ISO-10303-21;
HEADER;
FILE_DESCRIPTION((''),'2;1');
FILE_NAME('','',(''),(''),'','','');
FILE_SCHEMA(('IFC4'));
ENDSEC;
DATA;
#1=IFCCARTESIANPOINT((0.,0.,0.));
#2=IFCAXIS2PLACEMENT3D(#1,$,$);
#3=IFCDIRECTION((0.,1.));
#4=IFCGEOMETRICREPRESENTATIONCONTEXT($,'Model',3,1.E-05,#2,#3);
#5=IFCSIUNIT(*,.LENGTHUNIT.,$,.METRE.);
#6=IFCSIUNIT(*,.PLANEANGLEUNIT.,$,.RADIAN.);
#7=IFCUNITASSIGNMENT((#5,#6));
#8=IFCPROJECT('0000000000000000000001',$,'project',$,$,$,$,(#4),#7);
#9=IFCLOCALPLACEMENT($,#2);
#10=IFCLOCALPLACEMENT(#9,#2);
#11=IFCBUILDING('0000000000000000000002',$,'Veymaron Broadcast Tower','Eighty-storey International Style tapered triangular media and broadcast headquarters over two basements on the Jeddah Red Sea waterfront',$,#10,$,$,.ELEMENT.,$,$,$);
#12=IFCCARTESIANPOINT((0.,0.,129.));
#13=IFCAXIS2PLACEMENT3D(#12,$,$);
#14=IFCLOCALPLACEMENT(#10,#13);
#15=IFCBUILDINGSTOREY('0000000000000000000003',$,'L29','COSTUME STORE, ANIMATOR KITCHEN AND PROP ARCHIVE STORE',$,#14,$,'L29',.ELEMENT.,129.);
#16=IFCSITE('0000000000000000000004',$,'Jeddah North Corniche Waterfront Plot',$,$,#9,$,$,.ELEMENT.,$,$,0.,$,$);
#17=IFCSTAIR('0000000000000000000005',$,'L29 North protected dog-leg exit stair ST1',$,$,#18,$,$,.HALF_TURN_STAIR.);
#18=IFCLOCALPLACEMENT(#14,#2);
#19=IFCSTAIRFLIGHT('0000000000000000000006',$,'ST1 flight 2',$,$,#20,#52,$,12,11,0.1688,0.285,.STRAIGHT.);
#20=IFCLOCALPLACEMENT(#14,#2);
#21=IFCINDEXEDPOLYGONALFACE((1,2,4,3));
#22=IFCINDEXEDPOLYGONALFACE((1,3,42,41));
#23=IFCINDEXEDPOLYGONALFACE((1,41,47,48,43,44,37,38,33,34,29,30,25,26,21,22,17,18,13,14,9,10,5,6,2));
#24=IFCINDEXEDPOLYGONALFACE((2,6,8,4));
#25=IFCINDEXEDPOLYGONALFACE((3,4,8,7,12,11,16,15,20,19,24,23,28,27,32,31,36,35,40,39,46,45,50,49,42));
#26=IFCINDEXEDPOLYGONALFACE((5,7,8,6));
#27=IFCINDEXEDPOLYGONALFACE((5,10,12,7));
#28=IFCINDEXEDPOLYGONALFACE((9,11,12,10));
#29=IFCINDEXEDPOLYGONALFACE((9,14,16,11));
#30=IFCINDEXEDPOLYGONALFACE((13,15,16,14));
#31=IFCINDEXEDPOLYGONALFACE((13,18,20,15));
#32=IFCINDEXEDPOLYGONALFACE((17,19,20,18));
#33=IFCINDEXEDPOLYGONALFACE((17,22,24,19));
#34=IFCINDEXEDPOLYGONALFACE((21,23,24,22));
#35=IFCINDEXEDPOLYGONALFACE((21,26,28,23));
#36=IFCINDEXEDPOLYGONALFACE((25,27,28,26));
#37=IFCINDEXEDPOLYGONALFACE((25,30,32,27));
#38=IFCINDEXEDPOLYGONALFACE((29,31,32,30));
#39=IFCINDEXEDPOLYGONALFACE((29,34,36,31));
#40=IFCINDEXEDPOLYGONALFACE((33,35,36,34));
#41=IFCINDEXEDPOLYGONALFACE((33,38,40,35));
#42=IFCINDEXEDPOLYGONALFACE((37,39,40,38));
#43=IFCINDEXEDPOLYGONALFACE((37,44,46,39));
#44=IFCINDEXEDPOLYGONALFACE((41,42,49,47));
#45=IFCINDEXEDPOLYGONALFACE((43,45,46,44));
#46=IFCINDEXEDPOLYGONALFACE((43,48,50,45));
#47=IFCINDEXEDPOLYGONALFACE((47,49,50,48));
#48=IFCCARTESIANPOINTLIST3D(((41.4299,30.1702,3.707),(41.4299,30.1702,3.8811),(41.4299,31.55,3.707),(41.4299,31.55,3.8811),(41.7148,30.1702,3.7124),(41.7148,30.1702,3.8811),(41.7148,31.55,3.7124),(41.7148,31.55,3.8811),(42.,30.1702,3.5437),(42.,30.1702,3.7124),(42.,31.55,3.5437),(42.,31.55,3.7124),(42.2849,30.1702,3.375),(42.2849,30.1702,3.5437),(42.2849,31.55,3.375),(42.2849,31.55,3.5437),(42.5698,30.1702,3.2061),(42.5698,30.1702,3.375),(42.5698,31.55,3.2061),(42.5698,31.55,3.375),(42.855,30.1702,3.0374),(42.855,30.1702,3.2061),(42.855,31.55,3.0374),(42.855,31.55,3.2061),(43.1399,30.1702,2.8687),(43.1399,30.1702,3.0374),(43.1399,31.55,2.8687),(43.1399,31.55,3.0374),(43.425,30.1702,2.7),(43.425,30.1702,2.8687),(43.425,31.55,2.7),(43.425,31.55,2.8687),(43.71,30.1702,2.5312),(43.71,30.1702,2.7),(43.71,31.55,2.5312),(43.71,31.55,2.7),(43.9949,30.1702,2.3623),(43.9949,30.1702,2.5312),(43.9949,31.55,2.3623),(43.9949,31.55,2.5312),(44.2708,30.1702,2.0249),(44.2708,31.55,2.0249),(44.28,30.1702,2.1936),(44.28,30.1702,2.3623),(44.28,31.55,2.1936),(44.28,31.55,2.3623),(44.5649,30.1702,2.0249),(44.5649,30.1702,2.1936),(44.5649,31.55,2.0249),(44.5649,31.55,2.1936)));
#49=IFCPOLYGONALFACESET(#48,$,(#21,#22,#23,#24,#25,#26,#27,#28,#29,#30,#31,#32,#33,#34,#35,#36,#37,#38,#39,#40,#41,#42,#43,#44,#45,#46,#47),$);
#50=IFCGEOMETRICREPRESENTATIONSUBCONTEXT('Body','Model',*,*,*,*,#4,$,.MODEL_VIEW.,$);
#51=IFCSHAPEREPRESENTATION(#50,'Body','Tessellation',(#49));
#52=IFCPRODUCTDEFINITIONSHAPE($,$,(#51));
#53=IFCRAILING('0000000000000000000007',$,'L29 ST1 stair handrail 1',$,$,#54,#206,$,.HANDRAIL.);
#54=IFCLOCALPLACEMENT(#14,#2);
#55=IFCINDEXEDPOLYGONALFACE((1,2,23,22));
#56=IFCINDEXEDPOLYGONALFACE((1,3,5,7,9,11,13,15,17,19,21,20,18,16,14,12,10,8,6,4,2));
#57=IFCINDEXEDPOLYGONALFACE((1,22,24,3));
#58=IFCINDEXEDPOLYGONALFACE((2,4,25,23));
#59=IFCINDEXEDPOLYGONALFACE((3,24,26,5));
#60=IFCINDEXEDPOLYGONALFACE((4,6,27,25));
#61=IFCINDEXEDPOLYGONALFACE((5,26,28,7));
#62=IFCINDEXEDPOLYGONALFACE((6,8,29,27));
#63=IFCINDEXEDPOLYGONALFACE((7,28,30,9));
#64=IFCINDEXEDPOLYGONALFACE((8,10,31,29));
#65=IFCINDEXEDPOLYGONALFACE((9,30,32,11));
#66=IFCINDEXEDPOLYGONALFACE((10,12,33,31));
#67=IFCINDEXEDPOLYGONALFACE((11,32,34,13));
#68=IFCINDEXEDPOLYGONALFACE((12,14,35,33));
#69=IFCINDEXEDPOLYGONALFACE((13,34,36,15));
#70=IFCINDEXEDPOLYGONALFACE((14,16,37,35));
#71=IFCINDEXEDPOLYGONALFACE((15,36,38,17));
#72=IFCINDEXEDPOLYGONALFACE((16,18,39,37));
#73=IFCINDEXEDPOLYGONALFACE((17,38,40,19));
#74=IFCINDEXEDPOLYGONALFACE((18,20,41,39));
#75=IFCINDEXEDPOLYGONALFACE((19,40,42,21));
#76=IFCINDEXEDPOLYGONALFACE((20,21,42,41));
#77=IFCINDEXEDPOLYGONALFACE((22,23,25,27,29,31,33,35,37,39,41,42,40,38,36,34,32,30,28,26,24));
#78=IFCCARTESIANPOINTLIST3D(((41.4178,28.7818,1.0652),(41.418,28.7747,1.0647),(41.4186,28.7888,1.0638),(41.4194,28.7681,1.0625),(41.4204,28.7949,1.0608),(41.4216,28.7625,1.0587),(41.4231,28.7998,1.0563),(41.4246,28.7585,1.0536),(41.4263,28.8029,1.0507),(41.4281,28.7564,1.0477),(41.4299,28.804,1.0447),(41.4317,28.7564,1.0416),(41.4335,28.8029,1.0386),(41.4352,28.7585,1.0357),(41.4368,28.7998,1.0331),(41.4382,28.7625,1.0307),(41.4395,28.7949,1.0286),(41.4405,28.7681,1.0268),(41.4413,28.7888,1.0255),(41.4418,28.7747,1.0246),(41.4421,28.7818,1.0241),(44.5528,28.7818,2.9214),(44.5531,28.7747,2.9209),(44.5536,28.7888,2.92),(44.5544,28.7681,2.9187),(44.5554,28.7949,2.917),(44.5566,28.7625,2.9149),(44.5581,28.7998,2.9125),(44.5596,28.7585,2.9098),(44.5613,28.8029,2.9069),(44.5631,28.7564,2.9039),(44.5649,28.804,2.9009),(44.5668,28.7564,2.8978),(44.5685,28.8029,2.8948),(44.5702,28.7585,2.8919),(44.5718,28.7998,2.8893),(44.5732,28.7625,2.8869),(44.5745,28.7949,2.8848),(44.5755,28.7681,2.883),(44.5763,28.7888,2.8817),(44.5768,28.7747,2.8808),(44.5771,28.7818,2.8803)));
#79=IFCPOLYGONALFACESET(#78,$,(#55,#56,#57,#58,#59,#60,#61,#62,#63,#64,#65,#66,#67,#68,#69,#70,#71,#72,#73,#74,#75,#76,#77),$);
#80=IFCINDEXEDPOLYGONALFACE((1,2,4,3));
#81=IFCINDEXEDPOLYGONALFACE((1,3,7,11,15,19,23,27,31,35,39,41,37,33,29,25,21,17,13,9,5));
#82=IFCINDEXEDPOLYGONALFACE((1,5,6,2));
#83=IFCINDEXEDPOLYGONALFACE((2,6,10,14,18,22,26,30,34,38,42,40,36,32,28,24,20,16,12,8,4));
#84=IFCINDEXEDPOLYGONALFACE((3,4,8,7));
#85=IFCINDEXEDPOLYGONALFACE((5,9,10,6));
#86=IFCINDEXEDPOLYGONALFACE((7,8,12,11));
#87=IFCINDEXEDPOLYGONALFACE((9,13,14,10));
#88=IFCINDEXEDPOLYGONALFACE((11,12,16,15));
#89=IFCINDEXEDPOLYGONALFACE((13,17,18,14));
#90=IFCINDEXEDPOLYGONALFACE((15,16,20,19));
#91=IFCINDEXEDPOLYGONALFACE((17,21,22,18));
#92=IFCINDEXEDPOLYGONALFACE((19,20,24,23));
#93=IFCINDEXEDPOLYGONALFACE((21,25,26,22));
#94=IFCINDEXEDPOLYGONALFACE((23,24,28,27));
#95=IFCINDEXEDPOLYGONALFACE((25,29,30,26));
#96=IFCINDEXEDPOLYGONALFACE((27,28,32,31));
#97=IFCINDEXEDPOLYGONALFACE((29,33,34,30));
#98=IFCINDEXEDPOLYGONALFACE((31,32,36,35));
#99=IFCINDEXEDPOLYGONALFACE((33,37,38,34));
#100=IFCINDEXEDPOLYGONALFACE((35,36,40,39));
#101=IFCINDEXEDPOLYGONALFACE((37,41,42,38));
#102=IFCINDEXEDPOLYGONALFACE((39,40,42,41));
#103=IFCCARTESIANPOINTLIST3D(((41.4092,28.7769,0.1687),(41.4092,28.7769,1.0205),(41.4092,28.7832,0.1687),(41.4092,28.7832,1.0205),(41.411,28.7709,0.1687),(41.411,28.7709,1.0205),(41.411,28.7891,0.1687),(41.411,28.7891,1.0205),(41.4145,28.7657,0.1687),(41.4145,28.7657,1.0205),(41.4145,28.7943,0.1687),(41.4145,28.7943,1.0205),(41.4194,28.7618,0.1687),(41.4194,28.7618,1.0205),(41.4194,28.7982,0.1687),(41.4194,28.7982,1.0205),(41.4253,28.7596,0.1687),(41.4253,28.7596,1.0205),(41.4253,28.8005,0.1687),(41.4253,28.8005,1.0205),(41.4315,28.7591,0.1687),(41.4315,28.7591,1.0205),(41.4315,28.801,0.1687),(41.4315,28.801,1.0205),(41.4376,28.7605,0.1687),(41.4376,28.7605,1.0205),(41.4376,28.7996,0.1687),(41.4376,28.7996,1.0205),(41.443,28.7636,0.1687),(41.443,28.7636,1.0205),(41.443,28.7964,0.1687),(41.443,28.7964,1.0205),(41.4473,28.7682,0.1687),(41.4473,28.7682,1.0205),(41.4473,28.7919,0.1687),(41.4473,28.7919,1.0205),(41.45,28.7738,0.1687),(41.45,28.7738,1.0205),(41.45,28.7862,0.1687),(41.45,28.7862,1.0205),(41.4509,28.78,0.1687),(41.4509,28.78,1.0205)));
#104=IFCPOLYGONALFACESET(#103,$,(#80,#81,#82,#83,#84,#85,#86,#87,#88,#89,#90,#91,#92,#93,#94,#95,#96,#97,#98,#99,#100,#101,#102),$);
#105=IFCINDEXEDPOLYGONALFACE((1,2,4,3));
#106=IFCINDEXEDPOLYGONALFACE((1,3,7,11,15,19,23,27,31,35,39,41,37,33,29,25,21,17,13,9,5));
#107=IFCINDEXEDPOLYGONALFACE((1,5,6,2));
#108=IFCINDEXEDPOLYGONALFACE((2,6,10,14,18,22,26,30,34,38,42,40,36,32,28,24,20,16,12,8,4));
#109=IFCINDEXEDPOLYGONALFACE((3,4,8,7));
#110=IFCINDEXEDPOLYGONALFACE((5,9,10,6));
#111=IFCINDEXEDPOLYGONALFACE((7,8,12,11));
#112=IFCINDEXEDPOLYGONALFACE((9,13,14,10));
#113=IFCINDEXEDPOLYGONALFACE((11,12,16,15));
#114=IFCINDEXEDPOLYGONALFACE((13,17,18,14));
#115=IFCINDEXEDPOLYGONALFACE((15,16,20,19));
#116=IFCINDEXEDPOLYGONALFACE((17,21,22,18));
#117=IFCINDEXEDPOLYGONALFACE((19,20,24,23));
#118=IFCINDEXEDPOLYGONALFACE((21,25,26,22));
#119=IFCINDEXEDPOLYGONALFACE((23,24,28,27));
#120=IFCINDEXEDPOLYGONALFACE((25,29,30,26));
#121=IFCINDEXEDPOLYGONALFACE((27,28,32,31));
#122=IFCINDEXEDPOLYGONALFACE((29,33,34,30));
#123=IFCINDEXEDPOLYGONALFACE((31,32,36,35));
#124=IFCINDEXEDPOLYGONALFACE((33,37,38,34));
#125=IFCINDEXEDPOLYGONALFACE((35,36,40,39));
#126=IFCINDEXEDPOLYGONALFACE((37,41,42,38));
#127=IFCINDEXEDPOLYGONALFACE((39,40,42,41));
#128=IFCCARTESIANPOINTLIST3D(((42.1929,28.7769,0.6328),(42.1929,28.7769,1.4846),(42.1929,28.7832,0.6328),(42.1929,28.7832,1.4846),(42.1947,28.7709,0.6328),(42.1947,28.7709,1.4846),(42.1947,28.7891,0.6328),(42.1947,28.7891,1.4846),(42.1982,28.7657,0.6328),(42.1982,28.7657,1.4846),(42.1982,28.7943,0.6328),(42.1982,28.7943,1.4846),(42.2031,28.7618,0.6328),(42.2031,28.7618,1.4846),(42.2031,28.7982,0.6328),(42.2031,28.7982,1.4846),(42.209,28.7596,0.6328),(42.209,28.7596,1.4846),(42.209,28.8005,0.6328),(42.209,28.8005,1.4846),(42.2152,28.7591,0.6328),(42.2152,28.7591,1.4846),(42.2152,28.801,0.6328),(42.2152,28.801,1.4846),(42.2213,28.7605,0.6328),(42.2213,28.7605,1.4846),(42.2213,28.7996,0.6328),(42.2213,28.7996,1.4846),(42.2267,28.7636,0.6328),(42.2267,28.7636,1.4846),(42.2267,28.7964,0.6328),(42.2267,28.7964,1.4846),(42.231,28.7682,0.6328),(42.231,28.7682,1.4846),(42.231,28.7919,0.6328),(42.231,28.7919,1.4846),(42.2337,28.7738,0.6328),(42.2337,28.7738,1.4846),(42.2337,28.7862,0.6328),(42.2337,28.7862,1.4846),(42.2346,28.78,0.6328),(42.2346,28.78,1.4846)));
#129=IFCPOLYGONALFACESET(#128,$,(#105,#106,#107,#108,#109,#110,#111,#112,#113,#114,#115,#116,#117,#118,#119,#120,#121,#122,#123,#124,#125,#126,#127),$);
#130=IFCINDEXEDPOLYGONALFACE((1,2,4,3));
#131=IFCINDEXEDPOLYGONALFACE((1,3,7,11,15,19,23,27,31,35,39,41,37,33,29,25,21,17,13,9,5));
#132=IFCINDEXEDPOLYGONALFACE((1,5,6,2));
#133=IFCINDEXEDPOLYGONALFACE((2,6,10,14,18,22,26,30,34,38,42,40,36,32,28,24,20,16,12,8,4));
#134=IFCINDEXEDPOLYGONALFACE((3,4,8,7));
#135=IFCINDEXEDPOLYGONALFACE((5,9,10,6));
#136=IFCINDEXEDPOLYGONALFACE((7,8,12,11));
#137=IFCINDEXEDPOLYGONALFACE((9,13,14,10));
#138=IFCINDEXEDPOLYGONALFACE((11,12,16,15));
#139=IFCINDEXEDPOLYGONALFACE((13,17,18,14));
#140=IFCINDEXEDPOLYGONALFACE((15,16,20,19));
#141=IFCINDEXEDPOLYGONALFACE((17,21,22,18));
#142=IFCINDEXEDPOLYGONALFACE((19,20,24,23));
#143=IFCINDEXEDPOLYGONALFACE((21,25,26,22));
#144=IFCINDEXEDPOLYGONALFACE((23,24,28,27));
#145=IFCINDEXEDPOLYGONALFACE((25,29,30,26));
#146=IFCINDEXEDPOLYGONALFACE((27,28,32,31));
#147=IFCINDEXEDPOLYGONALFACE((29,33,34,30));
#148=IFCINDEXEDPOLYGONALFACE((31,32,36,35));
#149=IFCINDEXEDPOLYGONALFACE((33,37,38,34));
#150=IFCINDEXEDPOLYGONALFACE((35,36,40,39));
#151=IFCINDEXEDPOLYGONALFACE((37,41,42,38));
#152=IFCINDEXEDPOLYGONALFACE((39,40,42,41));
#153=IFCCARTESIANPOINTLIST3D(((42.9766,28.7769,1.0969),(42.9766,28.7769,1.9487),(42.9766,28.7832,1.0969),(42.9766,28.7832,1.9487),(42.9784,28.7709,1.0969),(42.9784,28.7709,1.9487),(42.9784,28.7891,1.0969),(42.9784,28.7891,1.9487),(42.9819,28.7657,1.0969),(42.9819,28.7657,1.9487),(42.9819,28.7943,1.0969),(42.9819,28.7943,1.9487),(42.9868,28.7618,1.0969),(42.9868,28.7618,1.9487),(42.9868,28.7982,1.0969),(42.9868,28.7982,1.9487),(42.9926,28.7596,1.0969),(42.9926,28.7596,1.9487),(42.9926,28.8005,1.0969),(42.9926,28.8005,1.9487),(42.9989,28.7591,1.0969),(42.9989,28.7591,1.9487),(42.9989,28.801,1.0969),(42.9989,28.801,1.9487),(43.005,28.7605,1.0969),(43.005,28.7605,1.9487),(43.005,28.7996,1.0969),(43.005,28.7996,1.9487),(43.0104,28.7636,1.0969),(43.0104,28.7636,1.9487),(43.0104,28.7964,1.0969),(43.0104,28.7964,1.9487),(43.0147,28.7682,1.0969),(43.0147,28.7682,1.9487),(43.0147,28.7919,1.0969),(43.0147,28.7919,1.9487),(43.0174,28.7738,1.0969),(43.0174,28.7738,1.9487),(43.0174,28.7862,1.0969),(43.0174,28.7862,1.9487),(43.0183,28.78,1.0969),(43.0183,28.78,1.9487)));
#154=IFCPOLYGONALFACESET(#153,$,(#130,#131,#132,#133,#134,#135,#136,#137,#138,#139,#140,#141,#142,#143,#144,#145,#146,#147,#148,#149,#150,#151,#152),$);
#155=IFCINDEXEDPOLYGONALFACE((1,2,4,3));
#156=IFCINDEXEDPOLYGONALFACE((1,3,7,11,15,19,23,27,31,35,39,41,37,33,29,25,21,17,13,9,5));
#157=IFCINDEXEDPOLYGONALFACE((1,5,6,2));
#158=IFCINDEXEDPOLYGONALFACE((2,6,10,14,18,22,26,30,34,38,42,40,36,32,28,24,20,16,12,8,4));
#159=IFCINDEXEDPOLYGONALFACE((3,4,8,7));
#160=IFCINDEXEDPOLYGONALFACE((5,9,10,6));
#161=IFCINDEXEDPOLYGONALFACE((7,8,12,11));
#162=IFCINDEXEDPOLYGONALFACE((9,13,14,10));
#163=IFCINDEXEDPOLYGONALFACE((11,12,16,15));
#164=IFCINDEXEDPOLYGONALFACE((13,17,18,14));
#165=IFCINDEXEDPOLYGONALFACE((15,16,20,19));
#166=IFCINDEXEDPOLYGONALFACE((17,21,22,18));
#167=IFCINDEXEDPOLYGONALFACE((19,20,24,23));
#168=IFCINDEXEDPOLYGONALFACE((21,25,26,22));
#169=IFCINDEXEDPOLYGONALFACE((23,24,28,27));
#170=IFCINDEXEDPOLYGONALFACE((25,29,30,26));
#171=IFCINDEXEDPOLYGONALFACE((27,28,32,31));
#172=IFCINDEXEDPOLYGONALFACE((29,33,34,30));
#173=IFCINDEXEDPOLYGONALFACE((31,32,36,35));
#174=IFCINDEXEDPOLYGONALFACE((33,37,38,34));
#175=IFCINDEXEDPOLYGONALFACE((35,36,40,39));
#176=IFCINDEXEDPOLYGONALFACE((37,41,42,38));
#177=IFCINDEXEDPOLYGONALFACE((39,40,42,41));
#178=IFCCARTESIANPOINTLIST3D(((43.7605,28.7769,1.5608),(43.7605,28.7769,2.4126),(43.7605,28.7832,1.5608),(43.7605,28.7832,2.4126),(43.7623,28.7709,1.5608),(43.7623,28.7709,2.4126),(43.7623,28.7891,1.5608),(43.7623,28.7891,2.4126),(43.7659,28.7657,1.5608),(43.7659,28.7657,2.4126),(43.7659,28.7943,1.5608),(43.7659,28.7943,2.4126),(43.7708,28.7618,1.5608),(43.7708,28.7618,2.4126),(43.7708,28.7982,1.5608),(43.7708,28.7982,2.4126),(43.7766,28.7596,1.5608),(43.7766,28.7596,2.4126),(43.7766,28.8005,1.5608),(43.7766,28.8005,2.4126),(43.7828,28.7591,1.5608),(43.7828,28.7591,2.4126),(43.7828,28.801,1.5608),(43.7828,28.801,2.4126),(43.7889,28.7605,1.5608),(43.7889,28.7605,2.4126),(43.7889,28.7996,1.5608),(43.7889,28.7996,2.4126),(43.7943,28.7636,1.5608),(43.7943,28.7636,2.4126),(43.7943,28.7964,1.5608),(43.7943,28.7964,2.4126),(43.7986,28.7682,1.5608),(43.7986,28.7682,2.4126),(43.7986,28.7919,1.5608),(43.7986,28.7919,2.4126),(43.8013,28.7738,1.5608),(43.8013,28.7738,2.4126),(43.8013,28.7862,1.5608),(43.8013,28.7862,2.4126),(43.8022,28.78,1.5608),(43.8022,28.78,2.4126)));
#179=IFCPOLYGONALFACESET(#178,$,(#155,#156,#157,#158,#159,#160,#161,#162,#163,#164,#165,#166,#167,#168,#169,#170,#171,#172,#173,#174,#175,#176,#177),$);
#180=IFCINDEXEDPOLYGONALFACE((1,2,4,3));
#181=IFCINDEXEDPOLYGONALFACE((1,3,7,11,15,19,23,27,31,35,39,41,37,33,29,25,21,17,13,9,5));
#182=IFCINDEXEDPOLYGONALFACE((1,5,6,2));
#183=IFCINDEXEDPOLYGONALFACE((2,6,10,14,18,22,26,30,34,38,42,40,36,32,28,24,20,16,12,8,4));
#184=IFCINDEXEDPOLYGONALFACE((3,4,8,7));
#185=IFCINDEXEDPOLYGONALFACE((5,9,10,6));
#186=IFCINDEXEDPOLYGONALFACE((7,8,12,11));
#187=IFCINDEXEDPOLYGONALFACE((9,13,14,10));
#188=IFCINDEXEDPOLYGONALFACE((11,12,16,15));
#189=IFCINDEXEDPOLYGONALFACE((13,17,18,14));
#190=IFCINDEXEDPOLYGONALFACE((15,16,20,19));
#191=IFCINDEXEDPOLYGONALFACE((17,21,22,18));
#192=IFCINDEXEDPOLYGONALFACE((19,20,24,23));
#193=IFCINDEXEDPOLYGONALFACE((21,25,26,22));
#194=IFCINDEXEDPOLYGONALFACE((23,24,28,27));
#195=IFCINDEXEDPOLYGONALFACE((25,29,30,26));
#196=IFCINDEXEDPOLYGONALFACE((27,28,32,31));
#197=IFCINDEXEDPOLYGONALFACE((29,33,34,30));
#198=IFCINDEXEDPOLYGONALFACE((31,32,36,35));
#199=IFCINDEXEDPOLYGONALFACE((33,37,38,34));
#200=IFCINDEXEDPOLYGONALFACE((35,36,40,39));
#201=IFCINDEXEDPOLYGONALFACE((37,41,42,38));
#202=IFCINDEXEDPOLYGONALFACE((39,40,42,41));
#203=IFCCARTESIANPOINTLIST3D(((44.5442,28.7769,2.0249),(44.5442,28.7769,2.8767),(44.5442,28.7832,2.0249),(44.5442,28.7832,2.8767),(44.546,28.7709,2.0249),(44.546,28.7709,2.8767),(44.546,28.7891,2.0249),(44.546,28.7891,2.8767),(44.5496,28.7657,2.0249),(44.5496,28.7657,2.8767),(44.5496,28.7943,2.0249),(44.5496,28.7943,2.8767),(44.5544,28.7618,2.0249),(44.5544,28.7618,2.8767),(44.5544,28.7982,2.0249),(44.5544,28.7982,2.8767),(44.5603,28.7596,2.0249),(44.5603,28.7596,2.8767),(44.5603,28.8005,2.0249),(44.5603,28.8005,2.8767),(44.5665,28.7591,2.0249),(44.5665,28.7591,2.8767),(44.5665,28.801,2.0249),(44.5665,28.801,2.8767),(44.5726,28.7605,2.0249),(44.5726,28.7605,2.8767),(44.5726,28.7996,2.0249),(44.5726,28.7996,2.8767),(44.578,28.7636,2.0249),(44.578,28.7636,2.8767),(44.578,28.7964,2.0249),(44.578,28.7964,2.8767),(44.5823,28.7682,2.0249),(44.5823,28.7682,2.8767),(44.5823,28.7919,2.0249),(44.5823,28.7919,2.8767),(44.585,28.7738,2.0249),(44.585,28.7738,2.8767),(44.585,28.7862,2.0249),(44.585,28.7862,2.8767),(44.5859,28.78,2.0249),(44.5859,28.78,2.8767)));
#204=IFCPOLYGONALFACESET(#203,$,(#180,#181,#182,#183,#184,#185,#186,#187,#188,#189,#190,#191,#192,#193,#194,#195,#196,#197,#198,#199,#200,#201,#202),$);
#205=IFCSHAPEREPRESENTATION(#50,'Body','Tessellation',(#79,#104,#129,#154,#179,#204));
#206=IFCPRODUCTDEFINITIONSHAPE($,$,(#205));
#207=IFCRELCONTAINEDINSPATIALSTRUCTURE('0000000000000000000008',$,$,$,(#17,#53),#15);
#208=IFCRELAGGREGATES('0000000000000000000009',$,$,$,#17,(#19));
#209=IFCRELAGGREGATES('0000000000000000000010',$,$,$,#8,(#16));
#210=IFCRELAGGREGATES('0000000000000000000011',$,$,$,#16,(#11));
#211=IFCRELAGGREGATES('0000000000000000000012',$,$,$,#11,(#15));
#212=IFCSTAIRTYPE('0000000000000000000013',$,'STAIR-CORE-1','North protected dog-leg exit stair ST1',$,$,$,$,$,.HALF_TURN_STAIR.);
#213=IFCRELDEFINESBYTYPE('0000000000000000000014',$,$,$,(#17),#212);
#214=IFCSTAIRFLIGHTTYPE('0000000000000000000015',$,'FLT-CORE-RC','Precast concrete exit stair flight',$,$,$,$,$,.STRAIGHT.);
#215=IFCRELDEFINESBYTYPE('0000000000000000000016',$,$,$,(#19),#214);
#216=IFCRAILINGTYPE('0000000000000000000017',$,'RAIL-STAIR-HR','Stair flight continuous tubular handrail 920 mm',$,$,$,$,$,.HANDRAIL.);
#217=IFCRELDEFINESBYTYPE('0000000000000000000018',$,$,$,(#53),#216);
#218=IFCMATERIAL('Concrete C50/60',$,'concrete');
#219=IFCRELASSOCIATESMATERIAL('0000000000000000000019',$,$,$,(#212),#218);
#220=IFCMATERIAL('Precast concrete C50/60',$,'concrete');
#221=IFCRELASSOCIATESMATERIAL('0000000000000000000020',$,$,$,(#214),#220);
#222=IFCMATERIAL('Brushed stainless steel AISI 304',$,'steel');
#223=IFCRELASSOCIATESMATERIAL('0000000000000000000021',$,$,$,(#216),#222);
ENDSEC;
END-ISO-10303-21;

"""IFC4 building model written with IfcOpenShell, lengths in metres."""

from ifc_helpers import new_model, si_unit, direction, frame, origin, origin_2d, place, context, subcontext, project, spatial, polyline, circle, outline, extrude, material, type_object, element, aggregate, save


model = new_model("IFC4")

# Units and contexts
model_context = context("Model", 3, precision=1e-05, world=origin(), true_north=direction((0.0, 1.0)))
body_context = subcontext(model_context, "Body", "Model", "MODEL_VIEW")
ifc_project = project(units=[si_unit("LENGTHUNIT", "METRE"), si_unit("PLANEANGLEUNIT", "RADIAN")], contexts=[model_context])

# Site, building, storey
site_placement = place(None, origin())
site = spatial("IfcSite", under=ifc_project, at=site_placement, Name="Jeddah North Corniche Waterfront Plot", CompositionType="ELEMENT", RefElevation=0.0)
building_placement = place(site_placement, origin())
building = spatial("IfcBuilding", under=site, at=building_placement, Name="Veymaron Broadcast Tower", Description="Eighty-storey International Style tapered triangular media and broadcast headquarters over two basements on the Jeddah Red Sea waterfront", CompositionType="ELEMENT")
storey_placement = place(building_placement, frame((0.0, 0.0, 129.0)))
storey = spatial("IfcBuildingStorey", under=building, at=storey_placement, Name="L29", Description="COSTUME STORE, ANIMATOR KITCHEN AND PROP ARCHIVE STORE", LongName="L29", CompositionType="ELEMENT", Elevation=129.0)

# Shared definitions
ifc_material_1 = material(Name="Brushed stainless steel AISI 304", Category="steel")

# Shared definitions
ifc_material_2 = material(Name="Concrete C50/60", Category="concrete")

# Stair, stair flight
stair_type = type_object("IfcStairType", Name="STAIR-CORE-1", Description="North protected dog-leg exit stair ST1", PredefinedType="HALF_TURN_STAIR", material=ifc_material_2)
stair_placement = place(storey_placement, origin())
stair = element("IfcStair", 1, at=stair_placement, inside=storey, type_object=stair_type, Name="L29 North protected dog-leg exit stair ST1", PredefinedType="HALF_TURN_STAIR")
ifc_material_3 = material(Name="Precast concrete C50/60", Category="concrete")
stair_flight_type = type_object("IfcStairFlightType", Name="FLT-CORE-RC", Description="Precast concrete exit stair flight", PredefinedType="STRAIGHT", material=ifc_material_3)
stair_flight_1_placement = place(storey_placement, frame((44.5649, 30.8601, 2.0249), z_axis=(0.0, 0.0, 1.0), x_axis=(-1.0, 0.0, 0.0)))
stair_flight_1 = element("IfcStairFlight", 2, at=stair_flight_1_placement, type_object=stair_flight_type, Name="ST1 flight 2", NumberOfRisers=12, NumberOfTreads=11, PredefinedType="STRAIGHT", RiserHeight=0.1688, TreadLength=0.285, context=body_context, shape_type="SweptSolid", body=[
    extrude(outline(polyline([(0.0, 0.0), (0.0, 0.1687), (0.2849, 0.1687), (0.2849, 0.3374), (0.5701, 0.3374), (0.5701, 0.5063), (0.855, 0.5063), (0.855, 0.675), (1.1399, 0.675), (1.1399, 0.8438), (1.425, 0.8438), (1.425, 1.0125), (1.71, 1.0125), (1.71, 1.1812), (1.9951, 1.1812), (1.9951, 1.3501), (2.28, 1.3501), (2.28, 1.5188), (2.5649, 1.5188), (2.5649, 1.6875), (2.8501, 1.6875), (2.8501, 1.8562), (3.135, 1.8562), (3.135, 2.0249), (3.135, 1.6821), (0.2942, 0.0), (0.0, 0.0)])), frame((0.0, 0.6899, 0.0), z_axis=(0.0, -1.0, 0.0), x_axis=(1.0, 0.0, 0.0)), (0.0, 0.0, 1.0), 1.3799),
])
aggregate(stair, [stair_flight_1])

# Railing
railing_type_1 = type_object("IfcRailingType", Name="RAIL-STAIR-HR", Description="Stair flight continuous tubular handrail 920 mm", PredefinedType="HANDRAIL", material=ifc_material_1)
railing_1_placement = place(storey_placement, frame((41.4299, 28.78, 0.1687)))
element("IfcRailing", 3, at=railing_1_placement, inside=storey, type_object=railing_type_1, Name="L29 ST1 stair handrail 1", PredefinedType="HANDRAIL", context=body_context, shape_type="SweptSolid", body=[
    extrude(circle(Radius=0.0239, at=origin_2d()), frame((0.0, 0.0, 0.876), z_axis=(0.860482, 0.0, 0.509481), x_axis=(0.0, 1.0, 0.0)), (0.0, 0.0, 1.0), 3.6433),
    extrude(circle(Radius=0.021, at=origin_2d()), origin(), (0.0, 0.0, 1.0), 0.8518),
    extrude(circle(Radius=0.021, at=origin_2d()), frame((0.7837, 0.0, 0.4641)), (0.0, 0.0, 1.0), 0.8518),
    extrude(circle(Radius=0.021, at=origin_2d()), frame((1.5674, 0.0, 0.9282)), (0.0, 0.0, 1.0), 0.8518),
    extrude(circle(Radius=0.021, at=origin_2d()), frame((2.3513, 0.0, 1.3921)), (0.0, 0.0, 1.0), 0.8518),
    extrude(circle(Radius=0.021, at=origin_2d()), frame((3.135, 0.0, 1.8562)), (0.0, 0.0, 1.0), 0.8518),
])

save(model, "model.ifc")
